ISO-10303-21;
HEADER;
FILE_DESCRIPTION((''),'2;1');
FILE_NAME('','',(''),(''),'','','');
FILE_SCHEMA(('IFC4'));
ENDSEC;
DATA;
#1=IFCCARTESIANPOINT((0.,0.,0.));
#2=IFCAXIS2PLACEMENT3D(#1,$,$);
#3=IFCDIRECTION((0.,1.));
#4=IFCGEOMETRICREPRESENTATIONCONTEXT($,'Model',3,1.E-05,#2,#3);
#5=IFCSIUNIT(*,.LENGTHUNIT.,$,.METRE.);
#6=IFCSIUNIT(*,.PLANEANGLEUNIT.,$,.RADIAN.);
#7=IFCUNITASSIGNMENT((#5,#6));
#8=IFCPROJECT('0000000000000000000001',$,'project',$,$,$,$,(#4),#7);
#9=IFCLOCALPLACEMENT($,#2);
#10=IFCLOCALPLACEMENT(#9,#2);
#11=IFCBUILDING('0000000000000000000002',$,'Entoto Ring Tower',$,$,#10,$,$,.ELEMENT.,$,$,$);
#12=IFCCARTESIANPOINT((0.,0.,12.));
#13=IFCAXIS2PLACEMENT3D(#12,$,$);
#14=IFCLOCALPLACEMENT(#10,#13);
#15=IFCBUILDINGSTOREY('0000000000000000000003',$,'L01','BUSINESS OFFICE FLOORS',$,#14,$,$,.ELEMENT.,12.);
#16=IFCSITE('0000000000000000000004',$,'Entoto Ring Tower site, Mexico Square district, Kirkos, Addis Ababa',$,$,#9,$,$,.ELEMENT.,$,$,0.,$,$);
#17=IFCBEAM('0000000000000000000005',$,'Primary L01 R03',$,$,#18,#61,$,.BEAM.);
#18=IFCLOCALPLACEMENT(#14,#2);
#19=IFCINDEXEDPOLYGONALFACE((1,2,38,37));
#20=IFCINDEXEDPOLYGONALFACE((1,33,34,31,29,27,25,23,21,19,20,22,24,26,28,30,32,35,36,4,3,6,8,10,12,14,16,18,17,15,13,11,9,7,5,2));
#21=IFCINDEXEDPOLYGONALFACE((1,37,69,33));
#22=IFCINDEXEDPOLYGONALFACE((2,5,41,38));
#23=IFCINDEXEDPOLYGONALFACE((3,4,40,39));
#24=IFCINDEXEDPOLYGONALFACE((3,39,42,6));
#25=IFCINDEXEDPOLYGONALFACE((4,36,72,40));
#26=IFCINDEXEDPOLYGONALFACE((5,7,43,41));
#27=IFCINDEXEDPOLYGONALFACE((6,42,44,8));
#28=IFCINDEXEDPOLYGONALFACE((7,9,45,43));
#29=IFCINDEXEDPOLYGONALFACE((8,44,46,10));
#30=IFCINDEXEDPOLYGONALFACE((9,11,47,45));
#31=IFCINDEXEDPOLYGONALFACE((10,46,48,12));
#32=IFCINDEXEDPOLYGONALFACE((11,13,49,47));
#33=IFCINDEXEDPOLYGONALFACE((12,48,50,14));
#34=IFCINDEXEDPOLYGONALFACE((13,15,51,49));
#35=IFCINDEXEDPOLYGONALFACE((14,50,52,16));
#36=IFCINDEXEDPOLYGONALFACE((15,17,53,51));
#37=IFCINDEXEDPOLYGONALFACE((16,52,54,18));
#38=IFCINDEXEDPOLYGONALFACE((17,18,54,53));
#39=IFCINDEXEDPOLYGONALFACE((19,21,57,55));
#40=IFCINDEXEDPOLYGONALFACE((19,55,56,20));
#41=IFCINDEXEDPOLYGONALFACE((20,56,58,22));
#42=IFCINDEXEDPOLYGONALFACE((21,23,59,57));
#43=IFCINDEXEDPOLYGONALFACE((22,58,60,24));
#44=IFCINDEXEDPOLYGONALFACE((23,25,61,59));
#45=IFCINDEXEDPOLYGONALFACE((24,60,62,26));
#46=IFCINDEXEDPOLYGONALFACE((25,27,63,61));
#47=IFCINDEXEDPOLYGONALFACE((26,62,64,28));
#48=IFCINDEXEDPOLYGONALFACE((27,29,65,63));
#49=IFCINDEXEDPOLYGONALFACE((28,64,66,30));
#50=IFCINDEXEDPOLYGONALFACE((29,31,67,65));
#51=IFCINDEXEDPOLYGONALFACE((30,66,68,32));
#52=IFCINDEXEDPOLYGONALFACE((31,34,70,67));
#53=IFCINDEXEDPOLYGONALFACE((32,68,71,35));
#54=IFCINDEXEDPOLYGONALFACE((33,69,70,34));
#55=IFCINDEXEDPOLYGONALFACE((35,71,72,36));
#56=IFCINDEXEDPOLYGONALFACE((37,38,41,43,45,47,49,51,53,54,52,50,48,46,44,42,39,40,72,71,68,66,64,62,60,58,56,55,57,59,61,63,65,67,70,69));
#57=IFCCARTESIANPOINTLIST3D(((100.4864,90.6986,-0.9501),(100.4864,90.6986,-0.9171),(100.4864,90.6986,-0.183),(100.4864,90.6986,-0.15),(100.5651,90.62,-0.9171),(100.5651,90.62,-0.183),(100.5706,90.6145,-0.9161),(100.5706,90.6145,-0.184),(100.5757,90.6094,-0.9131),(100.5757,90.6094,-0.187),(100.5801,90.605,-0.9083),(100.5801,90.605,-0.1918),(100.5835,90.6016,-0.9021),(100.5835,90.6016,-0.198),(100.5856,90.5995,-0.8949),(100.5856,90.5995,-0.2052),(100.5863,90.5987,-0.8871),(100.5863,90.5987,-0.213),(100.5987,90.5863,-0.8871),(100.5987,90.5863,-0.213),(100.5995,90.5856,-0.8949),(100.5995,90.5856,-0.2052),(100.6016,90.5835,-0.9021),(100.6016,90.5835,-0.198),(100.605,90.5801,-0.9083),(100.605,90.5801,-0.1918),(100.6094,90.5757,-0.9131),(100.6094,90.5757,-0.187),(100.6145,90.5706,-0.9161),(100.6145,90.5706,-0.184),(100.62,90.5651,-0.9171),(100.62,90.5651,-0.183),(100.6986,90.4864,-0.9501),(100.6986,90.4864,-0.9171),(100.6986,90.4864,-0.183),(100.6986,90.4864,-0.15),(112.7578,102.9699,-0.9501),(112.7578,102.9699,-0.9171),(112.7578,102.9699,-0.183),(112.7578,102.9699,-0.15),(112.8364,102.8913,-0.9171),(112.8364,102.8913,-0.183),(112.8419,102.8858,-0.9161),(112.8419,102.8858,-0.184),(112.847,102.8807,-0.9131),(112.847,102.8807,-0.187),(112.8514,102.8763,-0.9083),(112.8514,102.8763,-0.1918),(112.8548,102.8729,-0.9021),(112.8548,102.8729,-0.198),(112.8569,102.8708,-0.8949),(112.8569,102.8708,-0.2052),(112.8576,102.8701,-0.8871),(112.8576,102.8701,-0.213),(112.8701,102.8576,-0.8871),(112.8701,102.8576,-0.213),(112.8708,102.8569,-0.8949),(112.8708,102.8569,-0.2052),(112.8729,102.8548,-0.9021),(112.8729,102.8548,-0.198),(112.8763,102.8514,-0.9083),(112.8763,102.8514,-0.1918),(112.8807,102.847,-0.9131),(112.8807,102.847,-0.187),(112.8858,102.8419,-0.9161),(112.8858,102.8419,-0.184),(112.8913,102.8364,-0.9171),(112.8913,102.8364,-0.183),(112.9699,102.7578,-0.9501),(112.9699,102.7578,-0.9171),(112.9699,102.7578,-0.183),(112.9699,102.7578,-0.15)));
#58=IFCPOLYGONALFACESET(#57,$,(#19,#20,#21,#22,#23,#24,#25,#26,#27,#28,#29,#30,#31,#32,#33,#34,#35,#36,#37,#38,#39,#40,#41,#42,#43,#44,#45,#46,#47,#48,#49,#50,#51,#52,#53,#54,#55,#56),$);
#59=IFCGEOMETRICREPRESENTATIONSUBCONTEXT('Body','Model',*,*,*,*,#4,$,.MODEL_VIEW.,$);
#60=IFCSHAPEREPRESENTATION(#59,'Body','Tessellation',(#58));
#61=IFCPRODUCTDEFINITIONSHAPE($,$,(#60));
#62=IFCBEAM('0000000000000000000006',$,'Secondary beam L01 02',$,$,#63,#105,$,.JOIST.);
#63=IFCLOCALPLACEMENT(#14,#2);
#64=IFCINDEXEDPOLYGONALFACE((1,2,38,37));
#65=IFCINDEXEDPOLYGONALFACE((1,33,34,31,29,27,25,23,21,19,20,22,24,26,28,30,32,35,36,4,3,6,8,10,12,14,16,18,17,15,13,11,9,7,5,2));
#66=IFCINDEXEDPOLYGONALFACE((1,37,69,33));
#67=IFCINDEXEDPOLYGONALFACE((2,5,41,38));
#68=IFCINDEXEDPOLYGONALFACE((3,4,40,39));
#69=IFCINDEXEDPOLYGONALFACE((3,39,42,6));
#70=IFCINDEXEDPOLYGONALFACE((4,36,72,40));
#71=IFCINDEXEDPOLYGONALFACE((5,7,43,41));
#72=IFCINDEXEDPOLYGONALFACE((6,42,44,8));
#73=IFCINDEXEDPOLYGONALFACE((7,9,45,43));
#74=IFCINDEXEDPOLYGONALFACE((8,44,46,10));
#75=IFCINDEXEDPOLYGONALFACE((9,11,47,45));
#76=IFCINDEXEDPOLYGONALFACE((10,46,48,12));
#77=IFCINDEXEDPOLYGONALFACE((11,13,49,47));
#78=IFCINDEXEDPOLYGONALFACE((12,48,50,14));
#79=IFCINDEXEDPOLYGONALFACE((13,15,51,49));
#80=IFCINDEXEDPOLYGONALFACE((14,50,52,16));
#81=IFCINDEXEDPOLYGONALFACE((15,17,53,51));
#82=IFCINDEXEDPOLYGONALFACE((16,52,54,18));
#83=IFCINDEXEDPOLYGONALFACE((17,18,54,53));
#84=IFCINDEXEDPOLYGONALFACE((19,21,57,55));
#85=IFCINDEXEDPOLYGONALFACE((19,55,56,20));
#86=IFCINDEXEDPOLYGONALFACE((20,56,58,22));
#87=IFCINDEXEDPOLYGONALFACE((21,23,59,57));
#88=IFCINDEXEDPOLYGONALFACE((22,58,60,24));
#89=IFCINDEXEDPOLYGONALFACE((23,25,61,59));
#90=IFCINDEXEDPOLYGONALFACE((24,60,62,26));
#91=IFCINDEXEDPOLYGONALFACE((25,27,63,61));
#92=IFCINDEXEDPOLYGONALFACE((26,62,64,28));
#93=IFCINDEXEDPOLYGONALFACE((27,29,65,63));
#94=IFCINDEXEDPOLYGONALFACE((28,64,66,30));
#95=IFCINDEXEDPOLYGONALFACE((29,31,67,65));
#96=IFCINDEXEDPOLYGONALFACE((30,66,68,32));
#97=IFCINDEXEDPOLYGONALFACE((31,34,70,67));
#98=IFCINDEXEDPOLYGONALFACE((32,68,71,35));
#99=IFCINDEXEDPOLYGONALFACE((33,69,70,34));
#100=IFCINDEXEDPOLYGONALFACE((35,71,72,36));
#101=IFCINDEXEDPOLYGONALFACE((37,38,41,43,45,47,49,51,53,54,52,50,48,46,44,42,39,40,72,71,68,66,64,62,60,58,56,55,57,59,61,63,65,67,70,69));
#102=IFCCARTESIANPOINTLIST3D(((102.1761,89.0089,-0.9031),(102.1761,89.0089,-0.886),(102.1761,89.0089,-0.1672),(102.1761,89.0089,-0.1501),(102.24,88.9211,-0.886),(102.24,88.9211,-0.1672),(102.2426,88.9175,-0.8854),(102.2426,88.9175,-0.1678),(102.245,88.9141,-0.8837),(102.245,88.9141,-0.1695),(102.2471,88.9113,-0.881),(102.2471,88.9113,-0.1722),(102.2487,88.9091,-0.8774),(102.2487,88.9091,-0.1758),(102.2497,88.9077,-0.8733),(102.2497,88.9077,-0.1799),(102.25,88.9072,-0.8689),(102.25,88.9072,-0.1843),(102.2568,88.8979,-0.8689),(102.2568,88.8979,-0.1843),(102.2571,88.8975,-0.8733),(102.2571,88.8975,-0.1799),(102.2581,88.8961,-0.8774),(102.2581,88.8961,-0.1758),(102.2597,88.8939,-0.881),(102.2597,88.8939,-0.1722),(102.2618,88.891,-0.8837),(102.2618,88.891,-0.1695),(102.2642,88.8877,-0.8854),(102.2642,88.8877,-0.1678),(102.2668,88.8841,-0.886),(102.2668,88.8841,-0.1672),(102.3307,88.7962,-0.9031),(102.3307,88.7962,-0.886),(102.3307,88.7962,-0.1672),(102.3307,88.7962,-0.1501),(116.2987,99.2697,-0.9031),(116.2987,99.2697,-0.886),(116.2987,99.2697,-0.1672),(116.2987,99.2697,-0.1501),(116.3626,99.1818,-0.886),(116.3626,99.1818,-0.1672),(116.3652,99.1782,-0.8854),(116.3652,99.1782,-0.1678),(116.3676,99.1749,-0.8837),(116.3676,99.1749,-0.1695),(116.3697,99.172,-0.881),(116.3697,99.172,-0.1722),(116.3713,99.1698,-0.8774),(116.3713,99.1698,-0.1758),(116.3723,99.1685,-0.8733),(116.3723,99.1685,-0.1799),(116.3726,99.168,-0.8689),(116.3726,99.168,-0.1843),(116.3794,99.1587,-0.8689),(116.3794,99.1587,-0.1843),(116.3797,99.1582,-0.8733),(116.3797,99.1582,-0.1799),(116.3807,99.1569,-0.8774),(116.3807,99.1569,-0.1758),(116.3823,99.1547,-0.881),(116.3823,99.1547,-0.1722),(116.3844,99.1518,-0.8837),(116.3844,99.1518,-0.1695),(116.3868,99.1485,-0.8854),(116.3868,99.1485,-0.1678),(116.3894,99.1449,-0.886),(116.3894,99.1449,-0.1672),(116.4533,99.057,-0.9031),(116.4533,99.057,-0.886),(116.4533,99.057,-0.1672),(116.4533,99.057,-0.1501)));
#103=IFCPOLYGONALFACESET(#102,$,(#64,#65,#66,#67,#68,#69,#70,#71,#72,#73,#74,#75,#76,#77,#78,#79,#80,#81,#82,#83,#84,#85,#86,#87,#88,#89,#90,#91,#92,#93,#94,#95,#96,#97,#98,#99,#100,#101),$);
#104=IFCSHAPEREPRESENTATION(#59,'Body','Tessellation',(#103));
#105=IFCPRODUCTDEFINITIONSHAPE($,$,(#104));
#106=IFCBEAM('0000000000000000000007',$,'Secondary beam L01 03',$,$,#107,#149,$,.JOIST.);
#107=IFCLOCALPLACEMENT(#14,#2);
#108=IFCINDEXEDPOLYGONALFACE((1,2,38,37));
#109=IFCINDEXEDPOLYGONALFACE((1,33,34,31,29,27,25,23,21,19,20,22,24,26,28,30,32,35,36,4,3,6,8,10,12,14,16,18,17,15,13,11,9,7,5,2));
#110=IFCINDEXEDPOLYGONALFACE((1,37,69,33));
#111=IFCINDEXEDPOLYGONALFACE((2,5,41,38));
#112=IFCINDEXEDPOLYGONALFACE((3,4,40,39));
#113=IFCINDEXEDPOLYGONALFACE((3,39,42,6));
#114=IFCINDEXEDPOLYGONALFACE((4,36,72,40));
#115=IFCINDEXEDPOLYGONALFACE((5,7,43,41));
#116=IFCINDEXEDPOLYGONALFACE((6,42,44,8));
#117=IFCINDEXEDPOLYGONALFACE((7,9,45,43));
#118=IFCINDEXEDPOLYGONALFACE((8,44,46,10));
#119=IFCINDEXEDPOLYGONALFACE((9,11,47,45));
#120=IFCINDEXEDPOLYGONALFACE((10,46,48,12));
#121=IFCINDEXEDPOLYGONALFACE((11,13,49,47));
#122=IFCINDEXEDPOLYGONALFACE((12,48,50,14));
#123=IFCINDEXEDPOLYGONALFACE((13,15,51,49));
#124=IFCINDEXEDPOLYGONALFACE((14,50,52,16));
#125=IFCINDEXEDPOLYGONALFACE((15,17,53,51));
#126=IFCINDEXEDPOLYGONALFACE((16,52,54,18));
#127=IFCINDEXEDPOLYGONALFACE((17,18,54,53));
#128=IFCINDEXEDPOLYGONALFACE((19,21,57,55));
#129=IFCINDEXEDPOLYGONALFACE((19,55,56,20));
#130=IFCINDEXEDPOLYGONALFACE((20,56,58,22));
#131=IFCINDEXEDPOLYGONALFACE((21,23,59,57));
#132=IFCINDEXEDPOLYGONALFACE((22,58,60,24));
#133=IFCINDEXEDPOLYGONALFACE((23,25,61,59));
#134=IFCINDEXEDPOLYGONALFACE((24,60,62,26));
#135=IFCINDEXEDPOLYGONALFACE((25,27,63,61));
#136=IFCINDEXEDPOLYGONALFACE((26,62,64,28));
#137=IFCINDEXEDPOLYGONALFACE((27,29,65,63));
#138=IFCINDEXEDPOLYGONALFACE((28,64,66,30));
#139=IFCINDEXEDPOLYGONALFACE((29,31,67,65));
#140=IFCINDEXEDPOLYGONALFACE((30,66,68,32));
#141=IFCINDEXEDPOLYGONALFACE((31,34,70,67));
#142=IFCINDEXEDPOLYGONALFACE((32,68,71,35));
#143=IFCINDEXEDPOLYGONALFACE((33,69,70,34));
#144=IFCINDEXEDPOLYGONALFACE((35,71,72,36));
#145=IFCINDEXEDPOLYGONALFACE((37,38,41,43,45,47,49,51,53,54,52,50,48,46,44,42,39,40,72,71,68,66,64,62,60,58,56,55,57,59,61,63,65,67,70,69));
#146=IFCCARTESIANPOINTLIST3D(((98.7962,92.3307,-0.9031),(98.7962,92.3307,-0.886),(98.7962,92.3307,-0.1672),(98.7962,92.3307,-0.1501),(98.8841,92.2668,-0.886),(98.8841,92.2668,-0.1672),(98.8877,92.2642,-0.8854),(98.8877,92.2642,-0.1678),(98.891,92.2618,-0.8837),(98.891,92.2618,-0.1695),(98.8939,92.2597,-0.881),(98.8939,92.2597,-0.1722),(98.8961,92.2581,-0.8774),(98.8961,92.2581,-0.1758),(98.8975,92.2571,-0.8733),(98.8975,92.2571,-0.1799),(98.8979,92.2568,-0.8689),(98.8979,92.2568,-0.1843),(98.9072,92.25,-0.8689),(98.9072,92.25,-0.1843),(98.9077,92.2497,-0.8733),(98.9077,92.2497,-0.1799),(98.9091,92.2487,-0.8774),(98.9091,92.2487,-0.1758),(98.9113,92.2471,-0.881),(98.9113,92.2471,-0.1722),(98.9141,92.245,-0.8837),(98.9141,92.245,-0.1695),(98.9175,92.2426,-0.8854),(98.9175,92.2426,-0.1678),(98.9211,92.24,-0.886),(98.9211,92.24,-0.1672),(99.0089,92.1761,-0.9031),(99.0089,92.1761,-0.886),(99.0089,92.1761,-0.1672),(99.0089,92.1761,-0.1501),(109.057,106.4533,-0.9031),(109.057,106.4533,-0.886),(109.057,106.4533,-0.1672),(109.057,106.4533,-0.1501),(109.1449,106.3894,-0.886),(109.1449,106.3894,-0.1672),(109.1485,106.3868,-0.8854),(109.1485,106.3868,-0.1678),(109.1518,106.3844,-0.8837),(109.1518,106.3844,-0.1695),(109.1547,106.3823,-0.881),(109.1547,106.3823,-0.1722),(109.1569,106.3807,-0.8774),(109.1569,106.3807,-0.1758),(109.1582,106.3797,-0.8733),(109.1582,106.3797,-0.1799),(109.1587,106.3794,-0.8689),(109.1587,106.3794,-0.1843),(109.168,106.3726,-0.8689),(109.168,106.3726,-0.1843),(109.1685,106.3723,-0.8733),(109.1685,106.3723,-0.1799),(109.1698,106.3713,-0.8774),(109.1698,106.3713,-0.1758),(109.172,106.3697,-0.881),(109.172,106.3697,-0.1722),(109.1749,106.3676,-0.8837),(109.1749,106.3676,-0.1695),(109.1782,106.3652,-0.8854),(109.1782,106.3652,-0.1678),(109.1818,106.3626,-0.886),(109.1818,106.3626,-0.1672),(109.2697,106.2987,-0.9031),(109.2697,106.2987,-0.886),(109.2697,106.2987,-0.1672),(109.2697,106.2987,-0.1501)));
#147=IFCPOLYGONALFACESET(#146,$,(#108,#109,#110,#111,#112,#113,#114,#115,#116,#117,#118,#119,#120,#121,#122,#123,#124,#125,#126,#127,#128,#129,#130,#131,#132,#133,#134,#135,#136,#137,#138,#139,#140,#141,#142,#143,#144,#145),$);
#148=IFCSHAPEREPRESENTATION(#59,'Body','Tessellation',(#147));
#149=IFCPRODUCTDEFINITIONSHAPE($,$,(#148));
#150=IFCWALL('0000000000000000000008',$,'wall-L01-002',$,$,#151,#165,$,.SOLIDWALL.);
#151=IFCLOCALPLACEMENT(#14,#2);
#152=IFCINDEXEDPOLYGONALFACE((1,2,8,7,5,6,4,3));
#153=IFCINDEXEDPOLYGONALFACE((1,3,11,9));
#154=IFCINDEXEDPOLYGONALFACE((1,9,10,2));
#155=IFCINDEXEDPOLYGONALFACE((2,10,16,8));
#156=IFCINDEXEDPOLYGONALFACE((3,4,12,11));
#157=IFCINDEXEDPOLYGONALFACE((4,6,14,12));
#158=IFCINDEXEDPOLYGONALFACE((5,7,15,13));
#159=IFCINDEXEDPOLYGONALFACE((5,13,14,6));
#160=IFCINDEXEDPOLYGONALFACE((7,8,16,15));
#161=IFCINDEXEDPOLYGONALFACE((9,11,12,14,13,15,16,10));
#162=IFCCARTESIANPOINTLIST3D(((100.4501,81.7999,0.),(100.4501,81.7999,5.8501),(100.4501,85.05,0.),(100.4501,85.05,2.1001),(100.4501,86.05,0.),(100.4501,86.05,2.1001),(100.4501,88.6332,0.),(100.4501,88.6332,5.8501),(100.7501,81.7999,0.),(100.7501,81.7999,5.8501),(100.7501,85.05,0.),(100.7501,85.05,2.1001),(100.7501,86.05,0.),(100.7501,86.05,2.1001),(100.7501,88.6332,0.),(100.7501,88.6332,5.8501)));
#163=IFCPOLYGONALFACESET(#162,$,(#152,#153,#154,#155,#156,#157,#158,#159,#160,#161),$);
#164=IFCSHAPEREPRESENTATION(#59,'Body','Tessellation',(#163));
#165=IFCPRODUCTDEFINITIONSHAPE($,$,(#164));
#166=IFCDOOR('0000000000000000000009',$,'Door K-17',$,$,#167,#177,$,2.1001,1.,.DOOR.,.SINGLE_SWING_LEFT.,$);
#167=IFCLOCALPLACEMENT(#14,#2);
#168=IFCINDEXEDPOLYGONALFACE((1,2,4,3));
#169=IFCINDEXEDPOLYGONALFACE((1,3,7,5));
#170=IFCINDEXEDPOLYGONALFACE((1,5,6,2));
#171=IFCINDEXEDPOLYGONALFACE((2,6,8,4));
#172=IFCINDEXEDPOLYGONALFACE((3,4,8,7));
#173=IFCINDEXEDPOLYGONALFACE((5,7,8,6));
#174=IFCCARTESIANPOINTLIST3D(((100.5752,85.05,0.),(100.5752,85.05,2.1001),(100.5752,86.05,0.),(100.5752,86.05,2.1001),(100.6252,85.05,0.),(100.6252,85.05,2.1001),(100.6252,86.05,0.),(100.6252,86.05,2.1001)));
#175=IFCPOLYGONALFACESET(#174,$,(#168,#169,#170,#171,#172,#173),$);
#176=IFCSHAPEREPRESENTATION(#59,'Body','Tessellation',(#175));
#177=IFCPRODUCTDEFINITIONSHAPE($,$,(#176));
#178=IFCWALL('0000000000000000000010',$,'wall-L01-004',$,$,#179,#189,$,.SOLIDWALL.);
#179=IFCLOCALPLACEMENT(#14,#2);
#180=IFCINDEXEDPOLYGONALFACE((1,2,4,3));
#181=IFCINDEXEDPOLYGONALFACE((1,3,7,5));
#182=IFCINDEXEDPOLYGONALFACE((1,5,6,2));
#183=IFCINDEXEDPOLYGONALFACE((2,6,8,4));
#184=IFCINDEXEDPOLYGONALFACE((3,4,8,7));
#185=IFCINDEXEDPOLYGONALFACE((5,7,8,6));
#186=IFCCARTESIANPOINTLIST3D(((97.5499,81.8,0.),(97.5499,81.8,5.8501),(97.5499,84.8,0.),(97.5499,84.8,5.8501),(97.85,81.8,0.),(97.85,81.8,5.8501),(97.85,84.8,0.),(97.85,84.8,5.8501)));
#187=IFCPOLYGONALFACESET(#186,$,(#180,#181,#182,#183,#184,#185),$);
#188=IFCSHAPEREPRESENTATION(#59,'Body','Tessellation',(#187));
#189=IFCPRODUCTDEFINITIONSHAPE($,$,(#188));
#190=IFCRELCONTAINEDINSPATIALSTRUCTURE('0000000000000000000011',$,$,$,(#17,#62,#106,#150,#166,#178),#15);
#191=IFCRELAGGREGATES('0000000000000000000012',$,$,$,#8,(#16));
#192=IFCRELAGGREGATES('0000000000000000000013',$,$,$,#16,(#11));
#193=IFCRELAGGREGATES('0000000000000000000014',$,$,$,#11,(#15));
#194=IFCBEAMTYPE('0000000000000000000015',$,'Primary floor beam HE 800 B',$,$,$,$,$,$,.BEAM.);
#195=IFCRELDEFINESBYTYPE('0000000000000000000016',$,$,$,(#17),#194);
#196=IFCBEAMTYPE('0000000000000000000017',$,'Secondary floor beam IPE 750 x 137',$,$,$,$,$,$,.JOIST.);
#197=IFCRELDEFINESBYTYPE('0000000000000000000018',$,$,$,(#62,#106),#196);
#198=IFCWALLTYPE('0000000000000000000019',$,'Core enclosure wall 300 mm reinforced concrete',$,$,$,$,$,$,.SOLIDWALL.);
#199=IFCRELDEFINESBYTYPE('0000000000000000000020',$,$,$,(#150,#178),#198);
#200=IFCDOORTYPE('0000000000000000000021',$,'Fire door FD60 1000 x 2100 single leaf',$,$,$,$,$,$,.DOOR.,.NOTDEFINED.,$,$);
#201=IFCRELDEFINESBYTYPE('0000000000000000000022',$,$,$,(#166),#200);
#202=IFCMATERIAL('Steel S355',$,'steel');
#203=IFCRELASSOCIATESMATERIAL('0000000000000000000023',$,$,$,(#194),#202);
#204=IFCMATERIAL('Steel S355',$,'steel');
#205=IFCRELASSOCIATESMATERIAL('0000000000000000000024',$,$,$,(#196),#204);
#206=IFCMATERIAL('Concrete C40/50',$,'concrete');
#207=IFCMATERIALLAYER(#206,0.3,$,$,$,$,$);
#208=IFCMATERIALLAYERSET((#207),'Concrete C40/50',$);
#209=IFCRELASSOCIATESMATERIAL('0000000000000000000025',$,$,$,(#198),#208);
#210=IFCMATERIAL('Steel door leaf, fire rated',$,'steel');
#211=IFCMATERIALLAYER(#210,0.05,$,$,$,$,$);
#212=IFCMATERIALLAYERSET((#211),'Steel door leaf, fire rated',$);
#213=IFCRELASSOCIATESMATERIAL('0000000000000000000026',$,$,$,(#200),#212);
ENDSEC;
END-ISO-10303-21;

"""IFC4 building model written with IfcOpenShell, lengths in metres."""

from ifc_helpers import new_model, si_unit, direction, frame, frame_2d, origin, origin_2d, place, context, subcontext, project, spatial, rectangle, i_section, extrude, material, layer, layer_set, material_profile, profile_set, type_object, element, fill, save


model = new_model("IFC4")

# Units and contexts
model_context = context("Model", 3, precision=1e-05, world=origin(), true_north=direction((0.0, 1.0)))
body_context = subcontext(model_context, "Body", "Model", "MODEL_VIEW")
ifc_project = project(units=[si_unit("LENGTHUNIT", "METRE"), si_unit("PLANEANGLEUNIT", "RADIAN")], contexts=[model_context])

# Site, building, storey
site_placement = place(None, origin())
site = spatial("IfcSite", under=ifc_project, at=site_placement, Name="Entoto Ring Tower site, Mexico Square district, Kirkos, Addis Ababa", CompositionType="ELEMENT", RefElevation=0.0)
building_placement = place(site_placement, origin())
building = spatial("IfcBuilding", under=site, at=building_placement, Name="Entoto Ring Tower", CompositionType="ELEMENT")
storey_placement = place(building_placement, frame((0.0, 0.0, 12.0)))
storey = spatial("IfcBuildingStorey", under=building, at=storey_placement, Name="L01", Description="BUSINESS OFFICE FLOORS", CompositionType="ELEMENT", Elevation=12.0)

# Beams
ifc_material_1 = material(Name="Steel S355", Category="steel")
ifc_material_profile_1 = material_profile(ifc_material_1, i_section(OverallWidth=0.3, OverallDepth=0.8, WebThickness=0.0176, FlangeThickness=0.033, FilletRadius=0.03, at=origin_2d()), Name="HE 800 B")
ifc_profile_set_1 = profile_set([ifc_material_profile_1], Name="Steel S355")
beam_type_1 = type_object("IfcBeamType", Name="Primary floor beam HE 800 B", PredefinedType="BEAM", material=ifc_profile_set_1)
beam_placement = place(storey_placement, frame((100.5925, 90.5925, -0.55), z_axis=(0.707107, 0.707107, 0.0), x_axis=(-0.707107, 0.707107, 0.0)))
element("IfcBeam", 1, at=beam_placement, inside=storey, type_object=beam_type_1, Name="Primary L01 R03", PredefinedType="BEAM", context=body_context, shape_type="SweptSolid", body=[
    extrude(i_section(OverallWidth=0.3, OverallDepth=0.8, WebThickness=0.0176, FlangeThickness=0.033, FilletRadius=0.03, at=origin_2d()), origin(), (0.0, 0.0, 1.0), 17.3542),
])
ifc_material_2 = material(Name="Steel S355", Category="steel")
ifc_material_profile_2 = material_profile(ifc_material_2, i_section(OverallWidth=0.2629, OverallDepth=0.7529, WebThickness=0.0115, FlangeThickness=0.0171, FilletRadius=0.0171, at=origin_2d()), Name="IPE 750 x 137")
ifc_profile_set_2 = profile_set([ifc_material_profile_2], Name="Steel S355")
beam_type_2 = type_object("IfcBeamType", Name="Secondary floor beam IPE 750 x 137", PredefinedType="JOIST", material=ifc_profile_set_2)
for number, where, z_axis, x_axis, name in (
    (2, (102.2534, 88.9026, -0.5266), (0.809014, 0.587789, 0.0), (-0.587789, 0.809014, 0.0), "Secondary beam L01 02"),
    (3, (98.9026, 92.2534, -0.5266), (0.587789, 0.809014, 0.0), (-0.809014, 0.587789, 0.0), "Secondary beam L01 03"),
):
    element("IfcBeam", number, at=place(storey_placement, frame(where, z_axis=z_axis, x_axis=x_axis)), inside=storey, type_object=beam_type_2, Name=name, PredefinedType="JOIST", context=body_context, shape_type="SweptSolid", body=[
        extrude(i_section(OverallWidth=0.2629, OverallDepth=0.7529, WebThickness=0.0115, FlangeThickness=0.0171, FilletRadius=0.0171, at=origin_2d()), origin(), (0.0, 0.0, 1.0), 17.4565),
    ])

# Wall, opening, door
ifc_material_3 = material(Name="Concrete C40/50", Category="concrete")
ifc_layer_1 = layer(ifc_material_3, 0.3)
ifc_layer_set_1 = layer_set([ifc_layer_1], Name="Concrete C40/50")
wall_type = type_object("IfcWallType", Name="Core enclosure wall 300 mm reinforced concrete", PredefinedType="SOLIDWALL", material=ifc_layer_set_1)
wall_1_placement = place(storey_placement, frame((100.6001, 81.8, 0.0), z_axis=(0.0, 0.0, 1.0), x_axis=(0.0, 1.0, 0.0)))
wall_1 = element("IfcWall", 4, at=wall_1_placement, inside=storey, type_object=wall_type, Name="wall-L01-002", PredefinedType="SOLIDWALL", context=body_context, shape_type="SweptSolid", body=[
    extrude(rectangle(XDim=6.8333, YDim=0.3, at=frame_2d((3.4165, 0.0))), origin(), (0.0, 0.0, 1.0), 5.8501),
])
opening_1_placement = place(wall_1_placement, frame((3.25, 0.0, 0.0)))
opening_1 = element("IfcOpeningElement", 5, at=opening_1_placement, cuts=wall_1, PredefinedType="OPENING", context=body_context, shape_type="SweptSolid", body=[
    extrude(rectangle(XDim=1.0, YDim=2.1001, at=frame_2d((0.5, 1.05))), frame((0.0, 0.1602, 0.0), z_axis=(0.0, -1.0, 0.0), x_axis=(1.0, 0.0, 0.0)), (0.0, 0.0, 1.0), 0.3201),
])
ifc_material_4 = material(Name="Steel door leaf, fire rated", Category="steel")
ifc_layer_2 = layer(ifc_material_4, 0.05)
ifc_layer_set_2 = layer_set([ifc_layer_2], Name="Steel door leaf, fire rated")
door_type_1 = type_object("IfcDoorType", Name="Fire door FD60 1000 x 2100 single leaf", OperationType="NOTDEFINED", PredefinedType="DOOR", material=ifc_layer_set_2)
door_1_placement = place(opening_1_placement, origin())
door_1 = element("IfcDoor", 6, at=door_1_placement, inside=storey, type_object=door_type_1, Name="Door K-17", OperationType="SINGLE_SWING_LEFT", OverallHeight=2.1001, OverallWidth=1.0, PredefinedType="DOOR", context=body_context, shape_type="SweptSolid", body=[
    extrude(rectangle(XDim=1.0, YDim=2.1001, at=frame_2d((0.5, 1.05))), frame((0.0, 0.0249, 0.0), z_axis=(0.0, -1.0, 0.0), x_axis=(1.0, 0.0, 0.0)), (0.0, 0.0, 1.0), 0.05),
])
fill(opening_1, door_1)

# Wall
wall_2_placement = place(storey_placement, frame((97.7, 81.8, 0.0), z_axis=(0.0, 0.0, 1.0), x_axis=(0.0, 1.0, 0.0)))
element("IfcWall", 7, at=wall_2_placement, inside=storey, type_object=wall_type, Name="wall-L01-004", PredefinedType="SOLIDWALL", context=body_context, shape_type="SweptSolid", body=[
    extrude(rectangle(XDim=3.0, YDim=0.3, at=frame_2d((1.5, 0.0))), origin(), (0.0, 0.0, 1.0), 5.8501),
])

save(model, "model.ifc")
